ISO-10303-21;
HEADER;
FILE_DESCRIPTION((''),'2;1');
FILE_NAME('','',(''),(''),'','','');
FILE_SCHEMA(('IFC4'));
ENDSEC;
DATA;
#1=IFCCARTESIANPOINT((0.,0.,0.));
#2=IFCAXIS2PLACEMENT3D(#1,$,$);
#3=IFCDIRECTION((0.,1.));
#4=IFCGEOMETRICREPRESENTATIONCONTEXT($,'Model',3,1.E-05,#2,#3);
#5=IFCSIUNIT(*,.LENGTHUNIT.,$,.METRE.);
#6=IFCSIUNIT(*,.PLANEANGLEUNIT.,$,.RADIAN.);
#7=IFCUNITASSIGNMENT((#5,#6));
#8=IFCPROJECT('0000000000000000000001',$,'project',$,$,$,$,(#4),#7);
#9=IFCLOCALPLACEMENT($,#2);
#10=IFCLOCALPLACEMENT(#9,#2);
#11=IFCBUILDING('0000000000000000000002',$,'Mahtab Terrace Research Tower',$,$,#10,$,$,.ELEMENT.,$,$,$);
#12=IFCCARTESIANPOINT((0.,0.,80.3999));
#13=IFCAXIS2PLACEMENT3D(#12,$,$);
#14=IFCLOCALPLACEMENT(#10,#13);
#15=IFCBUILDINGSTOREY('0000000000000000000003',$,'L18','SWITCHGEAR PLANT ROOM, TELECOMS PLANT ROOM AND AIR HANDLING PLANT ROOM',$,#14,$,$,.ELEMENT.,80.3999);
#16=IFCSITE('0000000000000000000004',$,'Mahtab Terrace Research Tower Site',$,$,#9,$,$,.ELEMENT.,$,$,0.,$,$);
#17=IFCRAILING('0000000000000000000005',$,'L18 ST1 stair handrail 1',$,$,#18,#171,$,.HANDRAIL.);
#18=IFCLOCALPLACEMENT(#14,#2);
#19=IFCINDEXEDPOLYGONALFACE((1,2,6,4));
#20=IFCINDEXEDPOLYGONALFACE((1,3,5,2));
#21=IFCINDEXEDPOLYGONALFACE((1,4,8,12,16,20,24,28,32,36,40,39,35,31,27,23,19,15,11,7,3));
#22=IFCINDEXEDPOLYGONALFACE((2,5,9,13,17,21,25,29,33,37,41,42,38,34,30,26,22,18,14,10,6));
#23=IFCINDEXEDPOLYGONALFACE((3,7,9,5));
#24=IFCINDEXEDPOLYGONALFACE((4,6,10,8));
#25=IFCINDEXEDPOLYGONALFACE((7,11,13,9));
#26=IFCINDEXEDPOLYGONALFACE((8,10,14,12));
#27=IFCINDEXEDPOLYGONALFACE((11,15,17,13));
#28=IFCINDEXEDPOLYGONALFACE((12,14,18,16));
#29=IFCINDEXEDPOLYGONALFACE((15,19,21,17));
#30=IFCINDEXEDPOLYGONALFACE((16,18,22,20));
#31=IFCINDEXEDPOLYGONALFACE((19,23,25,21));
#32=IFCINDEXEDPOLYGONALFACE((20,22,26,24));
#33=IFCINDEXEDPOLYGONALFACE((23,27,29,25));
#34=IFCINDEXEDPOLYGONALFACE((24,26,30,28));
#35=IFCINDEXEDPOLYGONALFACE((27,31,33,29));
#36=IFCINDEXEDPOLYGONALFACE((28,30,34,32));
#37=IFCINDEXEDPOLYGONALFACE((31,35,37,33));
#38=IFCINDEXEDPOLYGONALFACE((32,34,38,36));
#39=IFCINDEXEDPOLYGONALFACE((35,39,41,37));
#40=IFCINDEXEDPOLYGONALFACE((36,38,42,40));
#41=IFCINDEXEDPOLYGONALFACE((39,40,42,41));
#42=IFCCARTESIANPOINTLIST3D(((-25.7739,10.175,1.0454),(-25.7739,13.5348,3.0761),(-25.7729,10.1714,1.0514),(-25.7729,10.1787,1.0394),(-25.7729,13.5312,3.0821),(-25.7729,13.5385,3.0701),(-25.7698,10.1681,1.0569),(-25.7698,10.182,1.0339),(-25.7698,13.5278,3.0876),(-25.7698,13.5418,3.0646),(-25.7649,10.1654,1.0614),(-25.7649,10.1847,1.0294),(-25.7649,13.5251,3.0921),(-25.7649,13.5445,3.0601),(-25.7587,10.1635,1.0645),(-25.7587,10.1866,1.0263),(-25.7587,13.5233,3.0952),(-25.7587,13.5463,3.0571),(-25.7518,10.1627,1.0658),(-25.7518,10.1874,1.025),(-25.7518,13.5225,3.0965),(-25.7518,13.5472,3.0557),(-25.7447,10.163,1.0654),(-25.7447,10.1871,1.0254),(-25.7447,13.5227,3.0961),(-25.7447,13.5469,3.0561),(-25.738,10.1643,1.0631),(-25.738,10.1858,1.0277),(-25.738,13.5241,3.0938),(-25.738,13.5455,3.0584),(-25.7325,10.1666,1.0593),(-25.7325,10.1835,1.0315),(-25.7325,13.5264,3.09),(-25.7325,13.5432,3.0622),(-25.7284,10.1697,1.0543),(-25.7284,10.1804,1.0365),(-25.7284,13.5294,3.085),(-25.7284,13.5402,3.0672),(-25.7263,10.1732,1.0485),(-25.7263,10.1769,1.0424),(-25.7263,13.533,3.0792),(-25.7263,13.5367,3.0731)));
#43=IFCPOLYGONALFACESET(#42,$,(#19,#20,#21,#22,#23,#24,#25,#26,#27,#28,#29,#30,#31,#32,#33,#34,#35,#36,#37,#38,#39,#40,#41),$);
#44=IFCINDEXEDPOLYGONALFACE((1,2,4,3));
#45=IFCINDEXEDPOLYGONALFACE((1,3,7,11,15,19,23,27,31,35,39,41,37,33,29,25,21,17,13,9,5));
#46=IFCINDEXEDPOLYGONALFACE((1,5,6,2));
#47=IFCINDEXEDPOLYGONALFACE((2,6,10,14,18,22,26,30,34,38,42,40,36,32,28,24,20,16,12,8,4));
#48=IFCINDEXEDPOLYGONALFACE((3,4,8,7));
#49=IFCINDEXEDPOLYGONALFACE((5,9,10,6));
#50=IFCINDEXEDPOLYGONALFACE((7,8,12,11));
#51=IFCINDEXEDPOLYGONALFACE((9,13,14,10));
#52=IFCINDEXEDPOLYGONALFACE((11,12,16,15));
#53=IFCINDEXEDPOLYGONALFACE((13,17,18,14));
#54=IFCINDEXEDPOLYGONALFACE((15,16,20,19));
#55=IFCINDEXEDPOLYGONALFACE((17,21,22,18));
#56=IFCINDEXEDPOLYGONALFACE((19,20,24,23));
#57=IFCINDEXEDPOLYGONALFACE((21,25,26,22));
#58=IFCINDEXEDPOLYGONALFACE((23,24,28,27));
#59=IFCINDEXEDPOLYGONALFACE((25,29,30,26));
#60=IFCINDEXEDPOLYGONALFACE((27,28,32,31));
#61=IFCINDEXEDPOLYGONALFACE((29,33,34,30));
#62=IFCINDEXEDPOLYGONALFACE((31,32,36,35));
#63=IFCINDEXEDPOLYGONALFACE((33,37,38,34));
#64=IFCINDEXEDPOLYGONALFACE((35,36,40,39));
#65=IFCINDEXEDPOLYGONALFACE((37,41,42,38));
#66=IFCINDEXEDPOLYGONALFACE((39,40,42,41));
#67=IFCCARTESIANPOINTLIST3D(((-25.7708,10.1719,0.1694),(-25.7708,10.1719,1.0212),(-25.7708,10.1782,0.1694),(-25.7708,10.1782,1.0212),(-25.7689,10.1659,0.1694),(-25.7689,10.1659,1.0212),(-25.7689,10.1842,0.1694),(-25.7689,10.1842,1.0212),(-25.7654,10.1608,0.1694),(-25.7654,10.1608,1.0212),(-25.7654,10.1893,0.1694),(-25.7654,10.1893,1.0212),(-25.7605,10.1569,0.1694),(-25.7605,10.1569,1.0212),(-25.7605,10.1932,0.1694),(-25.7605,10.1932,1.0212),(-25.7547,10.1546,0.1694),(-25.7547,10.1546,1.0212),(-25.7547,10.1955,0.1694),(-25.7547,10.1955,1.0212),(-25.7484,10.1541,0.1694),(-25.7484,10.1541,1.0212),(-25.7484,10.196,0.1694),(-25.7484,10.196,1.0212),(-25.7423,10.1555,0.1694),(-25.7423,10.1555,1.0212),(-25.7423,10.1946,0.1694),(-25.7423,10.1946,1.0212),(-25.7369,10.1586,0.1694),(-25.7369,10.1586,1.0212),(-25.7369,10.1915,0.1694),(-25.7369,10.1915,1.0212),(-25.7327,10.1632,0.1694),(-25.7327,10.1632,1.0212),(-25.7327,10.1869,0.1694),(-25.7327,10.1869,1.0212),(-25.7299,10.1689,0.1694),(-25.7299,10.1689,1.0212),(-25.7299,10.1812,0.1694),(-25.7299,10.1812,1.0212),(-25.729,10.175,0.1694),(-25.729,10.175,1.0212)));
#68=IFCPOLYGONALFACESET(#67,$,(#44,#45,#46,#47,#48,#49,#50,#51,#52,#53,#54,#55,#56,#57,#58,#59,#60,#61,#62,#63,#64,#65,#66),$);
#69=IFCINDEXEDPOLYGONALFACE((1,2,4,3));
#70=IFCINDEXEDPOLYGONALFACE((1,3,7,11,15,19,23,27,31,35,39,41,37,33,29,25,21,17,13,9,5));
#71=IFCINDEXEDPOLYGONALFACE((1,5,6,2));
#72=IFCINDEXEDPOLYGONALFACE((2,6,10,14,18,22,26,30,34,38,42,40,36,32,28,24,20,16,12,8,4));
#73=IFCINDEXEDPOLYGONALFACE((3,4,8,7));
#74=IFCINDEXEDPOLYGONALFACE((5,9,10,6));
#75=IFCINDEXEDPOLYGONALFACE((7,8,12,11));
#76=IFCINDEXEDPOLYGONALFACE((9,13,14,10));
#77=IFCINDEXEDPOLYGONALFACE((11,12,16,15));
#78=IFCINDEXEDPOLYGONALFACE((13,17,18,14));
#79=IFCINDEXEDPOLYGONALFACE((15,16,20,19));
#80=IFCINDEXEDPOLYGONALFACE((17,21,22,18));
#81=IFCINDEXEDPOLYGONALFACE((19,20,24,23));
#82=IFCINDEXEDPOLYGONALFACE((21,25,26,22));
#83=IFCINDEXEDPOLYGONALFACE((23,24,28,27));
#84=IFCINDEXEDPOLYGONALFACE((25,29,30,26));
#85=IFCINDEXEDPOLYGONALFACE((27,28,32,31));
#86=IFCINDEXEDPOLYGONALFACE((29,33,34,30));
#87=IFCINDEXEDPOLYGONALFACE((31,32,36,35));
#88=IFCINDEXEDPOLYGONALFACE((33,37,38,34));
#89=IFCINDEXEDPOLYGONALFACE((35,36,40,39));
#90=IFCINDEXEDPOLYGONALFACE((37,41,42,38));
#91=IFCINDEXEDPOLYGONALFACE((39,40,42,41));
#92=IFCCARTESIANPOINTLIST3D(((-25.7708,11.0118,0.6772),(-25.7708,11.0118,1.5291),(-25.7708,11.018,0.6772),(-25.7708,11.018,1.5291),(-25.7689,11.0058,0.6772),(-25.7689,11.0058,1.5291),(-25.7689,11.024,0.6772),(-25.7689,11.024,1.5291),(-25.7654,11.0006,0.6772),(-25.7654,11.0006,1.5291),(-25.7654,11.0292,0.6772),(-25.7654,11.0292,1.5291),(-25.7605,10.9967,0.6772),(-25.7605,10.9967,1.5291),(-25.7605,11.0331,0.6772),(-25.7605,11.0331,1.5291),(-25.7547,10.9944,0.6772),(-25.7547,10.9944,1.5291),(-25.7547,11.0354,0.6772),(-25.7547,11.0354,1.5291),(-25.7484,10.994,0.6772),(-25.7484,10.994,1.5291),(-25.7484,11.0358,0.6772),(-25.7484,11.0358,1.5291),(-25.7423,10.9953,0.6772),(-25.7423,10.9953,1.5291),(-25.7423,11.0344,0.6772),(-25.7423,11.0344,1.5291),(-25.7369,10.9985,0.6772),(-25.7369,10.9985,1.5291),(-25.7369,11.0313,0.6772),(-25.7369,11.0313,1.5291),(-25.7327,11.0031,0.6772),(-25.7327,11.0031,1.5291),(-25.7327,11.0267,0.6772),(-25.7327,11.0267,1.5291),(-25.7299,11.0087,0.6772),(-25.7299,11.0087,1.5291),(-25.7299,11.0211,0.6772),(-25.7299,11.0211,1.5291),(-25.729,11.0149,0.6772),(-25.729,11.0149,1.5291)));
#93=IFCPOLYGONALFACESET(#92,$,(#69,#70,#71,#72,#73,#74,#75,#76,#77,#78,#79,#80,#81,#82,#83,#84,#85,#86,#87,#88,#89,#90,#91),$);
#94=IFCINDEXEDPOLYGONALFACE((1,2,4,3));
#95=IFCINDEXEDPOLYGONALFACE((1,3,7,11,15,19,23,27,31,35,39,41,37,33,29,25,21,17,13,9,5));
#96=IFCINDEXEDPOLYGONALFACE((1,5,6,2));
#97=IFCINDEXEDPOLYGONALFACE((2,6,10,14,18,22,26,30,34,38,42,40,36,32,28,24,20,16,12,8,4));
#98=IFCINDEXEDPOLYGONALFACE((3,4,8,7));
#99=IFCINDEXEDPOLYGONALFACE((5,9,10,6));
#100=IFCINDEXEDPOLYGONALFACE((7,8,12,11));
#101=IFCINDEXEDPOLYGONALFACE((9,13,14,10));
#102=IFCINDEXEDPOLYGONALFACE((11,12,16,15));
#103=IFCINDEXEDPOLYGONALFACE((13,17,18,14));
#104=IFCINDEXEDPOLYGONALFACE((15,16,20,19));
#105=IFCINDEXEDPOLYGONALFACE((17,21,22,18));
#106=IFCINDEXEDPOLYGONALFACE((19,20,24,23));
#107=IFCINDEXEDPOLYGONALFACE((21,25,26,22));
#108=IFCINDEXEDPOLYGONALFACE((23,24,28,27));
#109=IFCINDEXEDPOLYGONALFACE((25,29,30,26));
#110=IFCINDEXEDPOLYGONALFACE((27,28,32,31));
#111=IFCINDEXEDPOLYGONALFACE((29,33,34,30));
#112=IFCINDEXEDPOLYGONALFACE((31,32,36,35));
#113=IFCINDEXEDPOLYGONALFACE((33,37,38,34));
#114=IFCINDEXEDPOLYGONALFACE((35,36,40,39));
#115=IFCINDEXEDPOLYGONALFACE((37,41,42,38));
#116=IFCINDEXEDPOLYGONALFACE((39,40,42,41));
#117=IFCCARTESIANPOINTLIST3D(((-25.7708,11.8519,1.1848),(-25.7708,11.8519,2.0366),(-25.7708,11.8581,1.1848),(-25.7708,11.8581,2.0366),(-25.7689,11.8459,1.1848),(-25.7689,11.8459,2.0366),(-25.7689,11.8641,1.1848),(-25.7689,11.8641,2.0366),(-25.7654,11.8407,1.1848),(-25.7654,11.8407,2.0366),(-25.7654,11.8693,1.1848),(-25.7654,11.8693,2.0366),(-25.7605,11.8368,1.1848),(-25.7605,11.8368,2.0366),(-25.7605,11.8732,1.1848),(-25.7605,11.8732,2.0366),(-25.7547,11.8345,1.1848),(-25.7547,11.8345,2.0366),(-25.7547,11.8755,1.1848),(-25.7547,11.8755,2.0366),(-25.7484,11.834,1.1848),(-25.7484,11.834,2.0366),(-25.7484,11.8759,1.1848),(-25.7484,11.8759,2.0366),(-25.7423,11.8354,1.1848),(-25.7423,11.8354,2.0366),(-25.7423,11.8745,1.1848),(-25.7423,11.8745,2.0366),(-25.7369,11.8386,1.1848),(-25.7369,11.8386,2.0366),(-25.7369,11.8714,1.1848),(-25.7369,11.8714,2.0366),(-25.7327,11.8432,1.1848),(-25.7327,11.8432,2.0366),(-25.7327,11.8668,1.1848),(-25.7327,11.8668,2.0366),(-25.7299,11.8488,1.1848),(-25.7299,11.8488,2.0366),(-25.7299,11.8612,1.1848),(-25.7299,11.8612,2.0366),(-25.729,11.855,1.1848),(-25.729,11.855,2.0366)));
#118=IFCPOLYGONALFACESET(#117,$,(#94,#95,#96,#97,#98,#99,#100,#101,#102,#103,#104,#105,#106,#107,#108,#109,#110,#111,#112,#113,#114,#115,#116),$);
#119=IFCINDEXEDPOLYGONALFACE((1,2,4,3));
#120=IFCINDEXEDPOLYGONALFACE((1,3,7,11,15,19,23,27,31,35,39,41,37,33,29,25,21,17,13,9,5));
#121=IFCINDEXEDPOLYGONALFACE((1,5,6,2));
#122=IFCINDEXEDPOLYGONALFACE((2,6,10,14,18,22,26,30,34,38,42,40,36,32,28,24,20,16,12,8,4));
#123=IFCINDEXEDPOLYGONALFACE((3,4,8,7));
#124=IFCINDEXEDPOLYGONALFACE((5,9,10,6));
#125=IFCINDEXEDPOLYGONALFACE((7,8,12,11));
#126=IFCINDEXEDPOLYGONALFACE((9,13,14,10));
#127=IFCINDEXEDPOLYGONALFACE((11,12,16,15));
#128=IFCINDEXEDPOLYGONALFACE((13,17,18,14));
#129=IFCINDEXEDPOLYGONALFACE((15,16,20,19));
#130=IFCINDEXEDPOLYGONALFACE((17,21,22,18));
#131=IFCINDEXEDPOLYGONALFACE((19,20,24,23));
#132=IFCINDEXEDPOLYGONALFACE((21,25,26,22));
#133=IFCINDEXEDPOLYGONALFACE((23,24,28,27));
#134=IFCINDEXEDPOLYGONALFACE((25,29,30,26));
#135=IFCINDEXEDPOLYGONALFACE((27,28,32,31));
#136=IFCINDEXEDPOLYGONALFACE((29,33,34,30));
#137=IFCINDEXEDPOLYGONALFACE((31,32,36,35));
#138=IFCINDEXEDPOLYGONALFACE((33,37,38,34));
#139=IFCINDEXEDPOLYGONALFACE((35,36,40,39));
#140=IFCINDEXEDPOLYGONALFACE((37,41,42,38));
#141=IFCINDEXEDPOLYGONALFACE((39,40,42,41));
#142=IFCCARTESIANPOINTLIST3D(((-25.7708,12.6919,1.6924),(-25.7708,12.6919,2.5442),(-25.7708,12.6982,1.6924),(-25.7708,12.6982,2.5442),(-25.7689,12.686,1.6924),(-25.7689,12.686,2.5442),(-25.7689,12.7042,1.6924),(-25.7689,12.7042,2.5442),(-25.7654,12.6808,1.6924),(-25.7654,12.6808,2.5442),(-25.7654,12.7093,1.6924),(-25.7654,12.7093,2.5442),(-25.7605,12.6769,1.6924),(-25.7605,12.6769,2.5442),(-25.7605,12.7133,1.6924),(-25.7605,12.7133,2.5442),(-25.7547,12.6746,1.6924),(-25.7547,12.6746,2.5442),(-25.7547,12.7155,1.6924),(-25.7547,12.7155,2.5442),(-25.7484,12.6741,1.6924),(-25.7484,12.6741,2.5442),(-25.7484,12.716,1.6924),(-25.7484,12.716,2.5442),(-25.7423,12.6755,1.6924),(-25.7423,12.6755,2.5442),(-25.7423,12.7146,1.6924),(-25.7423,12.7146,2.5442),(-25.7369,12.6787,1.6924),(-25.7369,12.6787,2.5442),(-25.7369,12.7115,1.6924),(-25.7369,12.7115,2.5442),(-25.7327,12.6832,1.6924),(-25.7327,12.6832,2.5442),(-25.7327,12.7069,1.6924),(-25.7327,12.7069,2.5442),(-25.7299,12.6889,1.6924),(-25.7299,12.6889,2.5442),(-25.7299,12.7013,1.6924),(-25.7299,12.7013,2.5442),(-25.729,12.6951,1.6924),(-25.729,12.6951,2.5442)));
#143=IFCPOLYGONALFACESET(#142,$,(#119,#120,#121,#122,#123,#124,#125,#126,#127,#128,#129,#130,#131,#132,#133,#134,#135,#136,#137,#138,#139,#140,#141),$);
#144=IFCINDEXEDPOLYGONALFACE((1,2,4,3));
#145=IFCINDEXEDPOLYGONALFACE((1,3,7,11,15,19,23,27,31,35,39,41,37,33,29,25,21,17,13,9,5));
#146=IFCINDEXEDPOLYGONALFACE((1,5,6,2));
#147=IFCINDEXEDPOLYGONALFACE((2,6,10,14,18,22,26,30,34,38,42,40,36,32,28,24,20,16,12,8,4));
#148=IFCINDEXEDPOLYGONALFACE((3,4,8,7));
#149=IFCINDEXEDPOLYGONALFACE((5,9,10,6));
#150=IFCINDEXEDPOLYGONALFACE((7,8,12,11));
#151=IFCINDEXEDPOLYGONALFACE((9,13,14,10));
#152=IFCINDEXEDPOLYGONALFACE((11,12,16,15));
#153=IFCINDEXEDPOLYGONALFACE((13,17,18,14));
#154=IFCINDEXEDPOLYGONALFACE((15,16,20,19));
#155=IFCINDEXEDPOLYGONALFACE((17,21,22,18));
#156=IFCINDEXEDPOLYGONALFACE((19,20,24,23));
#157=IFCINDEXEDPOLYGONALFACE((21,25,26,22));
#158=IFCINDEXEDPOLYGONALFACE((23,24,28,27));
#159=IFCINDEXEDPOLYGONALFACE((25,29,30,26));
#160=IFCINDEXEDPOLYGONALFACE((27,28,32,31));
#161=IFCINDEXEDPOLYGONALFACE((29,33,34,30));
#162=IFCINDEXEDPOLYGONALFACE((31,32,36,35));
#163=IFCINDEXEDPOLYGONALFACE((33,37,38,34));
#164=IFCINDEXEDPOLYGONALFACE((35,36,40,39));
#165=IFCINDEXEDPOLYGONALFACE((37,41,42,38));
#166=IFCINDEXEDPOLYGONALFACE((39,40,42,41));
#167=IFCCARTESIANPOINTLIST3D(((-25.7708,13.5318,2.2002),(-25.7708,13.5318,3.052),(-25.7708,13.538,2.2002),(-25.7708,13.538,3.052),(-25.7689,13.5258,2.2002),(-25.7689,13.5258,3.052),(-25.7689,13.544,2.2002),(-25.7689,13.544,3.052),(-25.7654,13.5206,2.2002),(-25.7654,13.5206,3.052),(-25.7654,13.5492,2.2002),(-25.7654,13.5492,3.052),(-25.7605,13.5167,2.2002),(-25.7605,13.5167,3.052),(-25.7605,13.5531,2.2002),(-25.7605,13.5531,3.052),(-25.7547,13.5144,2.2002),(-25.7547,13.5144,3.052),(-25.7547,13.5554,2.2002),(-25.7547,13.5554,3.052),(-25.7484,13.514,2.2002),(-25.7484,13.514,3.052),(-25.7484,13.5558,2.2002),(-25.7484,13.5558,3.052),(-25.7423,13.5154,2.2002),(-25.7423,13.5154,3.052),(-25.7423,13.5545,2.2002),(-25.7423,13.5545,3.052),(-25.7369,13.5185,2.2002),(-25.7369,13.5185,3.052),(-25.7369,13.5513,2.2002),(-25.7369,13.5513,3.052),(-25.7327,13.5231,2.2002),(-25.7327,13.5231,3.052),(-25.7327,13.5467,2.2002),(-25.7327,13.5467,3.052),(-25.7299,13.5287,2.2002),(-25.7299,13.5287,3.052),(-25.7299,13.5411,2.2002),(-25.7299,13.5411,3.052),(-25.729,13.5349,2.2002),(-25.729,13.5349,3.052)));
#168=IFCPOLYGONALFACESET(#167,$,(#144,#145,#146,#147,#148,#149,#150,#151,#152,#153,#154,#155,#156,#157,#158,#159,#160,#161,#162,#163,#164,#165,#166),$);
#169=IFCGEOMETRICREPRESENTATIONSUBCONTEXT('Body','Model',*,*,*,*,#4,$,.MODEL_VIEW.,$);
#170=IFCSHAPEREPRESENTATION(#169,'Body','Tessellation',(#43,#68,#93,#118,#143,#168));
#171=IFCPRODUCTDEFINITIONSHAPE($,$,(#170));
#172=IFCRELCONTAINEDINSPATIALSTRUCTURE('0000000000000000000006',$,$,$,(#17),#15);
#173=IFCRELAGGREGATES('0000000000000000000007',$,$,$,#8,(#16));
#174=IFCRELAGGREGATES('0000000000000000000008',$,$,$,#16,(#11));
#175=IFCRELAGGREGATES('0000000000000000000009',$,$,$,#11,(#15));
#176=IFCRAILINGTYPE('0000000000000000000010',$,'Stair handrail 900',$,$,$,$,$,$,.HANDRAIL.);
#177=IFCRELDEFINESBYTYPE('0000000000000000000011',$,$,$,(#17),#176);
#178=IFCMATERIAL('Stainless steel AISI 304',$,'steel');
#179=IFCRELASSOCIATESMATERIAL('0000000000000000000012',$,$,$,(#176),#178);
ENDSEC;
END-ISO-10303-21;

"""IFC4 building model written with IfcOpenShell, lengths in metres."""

from ifc_helpers import new_model, si_unit, direction, frame, origin, origin_2d, place, context, subcontext, project, spatial, circle, extrude, material, type_object, element, save


model = new_model("IFC4")

# Units and contexts
model_context = context("Model", 3, precision=1e-05, world=origin(), true_north=direction((0.0, 1.0)))
body_context = subcontext(model_context, "Body", "Model", "MODEL_VIEW")
ifc_project = project(units=[si_unit("LENGTHUNIT", "METRE"), si_unit("PLANEANGLEUNIT", "RADIAN")], contexts=[model_context])

# Site, building, storey
site_placement = place(None, origin())
site = spatial("IfcSite", under=ifc_project, at=site_placement, Name="Mahtab Terrace Research Tower Site", CompositionType="ELEMENT", RefElevation=0.0)
building_placement = place(site_placement, origin())
building = spatial("IfcBuilding", under=site, at=building_placement, Name="Mahtab Terrace Research Tower", CompositionType="ELEMENT")
storey_placement = place(building_placement, frame((0.0, 0.0, 80.3999)))
storey = spatial("IfcBuildingStorey", under=building, at=storey_placement, Name="L18", Description="SWITCHGEAR PLANT ROOM, TELECOMS PLANT ROOM AND AIR HANDLING PLANT ROOM", CompositionType="ELEMENT", Elevation=80.3999)

# Railing
ifc_material_1 = material(Name="Stainless steel AISI 304", Category="steel")
railing_type_1 = type_object("IfcRailingType", Name="Stair handrail 900", PredefinedType="HANDRAIL", material=ifc_material_1)
railing_1_placement = place(storey_placement, frame((-25.75, 10.175, 0.1694)))
element("IfcRailing", 1, at=railing_1_placement, inside=storey, type_object=railing_type_1, Name="L18 ST1 stair handrail 1", PredefinedType="HANDRAIL", context=body_context, shape_type="SweptSolid", body=[
    extrude(circle(Radius=0.0239, at=origin_2d()), frame((0.0, 0.0, 0.876), z_axis=(0.0, 0.85582, 0.517273), x_axis=(-1.0, 0.0, 0.0)), (0.0, 0.0, 1.0), 3.9258),
    extrude(circle(Radius=0.021, at=origin_2d()), origin(), (0.0, 0.0, 1.0), 0.8518),
    extrude(circle(Radius=0.021, at=origin_2d()), frame((0.0, 0.8398, 0.5078)), (0.0, 0.0, 1.0), 0.8518),
    extrude(circle(Radius=0.021, at=origin_2d()), frame((0.0, 1.6799, 1.0154)), (0.0, 0.0, 1.0), 0.8518),
    extrude(circle(Radius=0.021, at=origin_2d()), frame((0.0, 2.52, 1.5229)), (0.0, 0.0, 1.0), 0.8518),
    extrude(circle(Radius=0.021, at=origin_2d()), frame((0.0, 3.3599, 2.0308)), (0.0, 0.0, 1.0), 0.8518),
])

save(model, "model.ifc")
